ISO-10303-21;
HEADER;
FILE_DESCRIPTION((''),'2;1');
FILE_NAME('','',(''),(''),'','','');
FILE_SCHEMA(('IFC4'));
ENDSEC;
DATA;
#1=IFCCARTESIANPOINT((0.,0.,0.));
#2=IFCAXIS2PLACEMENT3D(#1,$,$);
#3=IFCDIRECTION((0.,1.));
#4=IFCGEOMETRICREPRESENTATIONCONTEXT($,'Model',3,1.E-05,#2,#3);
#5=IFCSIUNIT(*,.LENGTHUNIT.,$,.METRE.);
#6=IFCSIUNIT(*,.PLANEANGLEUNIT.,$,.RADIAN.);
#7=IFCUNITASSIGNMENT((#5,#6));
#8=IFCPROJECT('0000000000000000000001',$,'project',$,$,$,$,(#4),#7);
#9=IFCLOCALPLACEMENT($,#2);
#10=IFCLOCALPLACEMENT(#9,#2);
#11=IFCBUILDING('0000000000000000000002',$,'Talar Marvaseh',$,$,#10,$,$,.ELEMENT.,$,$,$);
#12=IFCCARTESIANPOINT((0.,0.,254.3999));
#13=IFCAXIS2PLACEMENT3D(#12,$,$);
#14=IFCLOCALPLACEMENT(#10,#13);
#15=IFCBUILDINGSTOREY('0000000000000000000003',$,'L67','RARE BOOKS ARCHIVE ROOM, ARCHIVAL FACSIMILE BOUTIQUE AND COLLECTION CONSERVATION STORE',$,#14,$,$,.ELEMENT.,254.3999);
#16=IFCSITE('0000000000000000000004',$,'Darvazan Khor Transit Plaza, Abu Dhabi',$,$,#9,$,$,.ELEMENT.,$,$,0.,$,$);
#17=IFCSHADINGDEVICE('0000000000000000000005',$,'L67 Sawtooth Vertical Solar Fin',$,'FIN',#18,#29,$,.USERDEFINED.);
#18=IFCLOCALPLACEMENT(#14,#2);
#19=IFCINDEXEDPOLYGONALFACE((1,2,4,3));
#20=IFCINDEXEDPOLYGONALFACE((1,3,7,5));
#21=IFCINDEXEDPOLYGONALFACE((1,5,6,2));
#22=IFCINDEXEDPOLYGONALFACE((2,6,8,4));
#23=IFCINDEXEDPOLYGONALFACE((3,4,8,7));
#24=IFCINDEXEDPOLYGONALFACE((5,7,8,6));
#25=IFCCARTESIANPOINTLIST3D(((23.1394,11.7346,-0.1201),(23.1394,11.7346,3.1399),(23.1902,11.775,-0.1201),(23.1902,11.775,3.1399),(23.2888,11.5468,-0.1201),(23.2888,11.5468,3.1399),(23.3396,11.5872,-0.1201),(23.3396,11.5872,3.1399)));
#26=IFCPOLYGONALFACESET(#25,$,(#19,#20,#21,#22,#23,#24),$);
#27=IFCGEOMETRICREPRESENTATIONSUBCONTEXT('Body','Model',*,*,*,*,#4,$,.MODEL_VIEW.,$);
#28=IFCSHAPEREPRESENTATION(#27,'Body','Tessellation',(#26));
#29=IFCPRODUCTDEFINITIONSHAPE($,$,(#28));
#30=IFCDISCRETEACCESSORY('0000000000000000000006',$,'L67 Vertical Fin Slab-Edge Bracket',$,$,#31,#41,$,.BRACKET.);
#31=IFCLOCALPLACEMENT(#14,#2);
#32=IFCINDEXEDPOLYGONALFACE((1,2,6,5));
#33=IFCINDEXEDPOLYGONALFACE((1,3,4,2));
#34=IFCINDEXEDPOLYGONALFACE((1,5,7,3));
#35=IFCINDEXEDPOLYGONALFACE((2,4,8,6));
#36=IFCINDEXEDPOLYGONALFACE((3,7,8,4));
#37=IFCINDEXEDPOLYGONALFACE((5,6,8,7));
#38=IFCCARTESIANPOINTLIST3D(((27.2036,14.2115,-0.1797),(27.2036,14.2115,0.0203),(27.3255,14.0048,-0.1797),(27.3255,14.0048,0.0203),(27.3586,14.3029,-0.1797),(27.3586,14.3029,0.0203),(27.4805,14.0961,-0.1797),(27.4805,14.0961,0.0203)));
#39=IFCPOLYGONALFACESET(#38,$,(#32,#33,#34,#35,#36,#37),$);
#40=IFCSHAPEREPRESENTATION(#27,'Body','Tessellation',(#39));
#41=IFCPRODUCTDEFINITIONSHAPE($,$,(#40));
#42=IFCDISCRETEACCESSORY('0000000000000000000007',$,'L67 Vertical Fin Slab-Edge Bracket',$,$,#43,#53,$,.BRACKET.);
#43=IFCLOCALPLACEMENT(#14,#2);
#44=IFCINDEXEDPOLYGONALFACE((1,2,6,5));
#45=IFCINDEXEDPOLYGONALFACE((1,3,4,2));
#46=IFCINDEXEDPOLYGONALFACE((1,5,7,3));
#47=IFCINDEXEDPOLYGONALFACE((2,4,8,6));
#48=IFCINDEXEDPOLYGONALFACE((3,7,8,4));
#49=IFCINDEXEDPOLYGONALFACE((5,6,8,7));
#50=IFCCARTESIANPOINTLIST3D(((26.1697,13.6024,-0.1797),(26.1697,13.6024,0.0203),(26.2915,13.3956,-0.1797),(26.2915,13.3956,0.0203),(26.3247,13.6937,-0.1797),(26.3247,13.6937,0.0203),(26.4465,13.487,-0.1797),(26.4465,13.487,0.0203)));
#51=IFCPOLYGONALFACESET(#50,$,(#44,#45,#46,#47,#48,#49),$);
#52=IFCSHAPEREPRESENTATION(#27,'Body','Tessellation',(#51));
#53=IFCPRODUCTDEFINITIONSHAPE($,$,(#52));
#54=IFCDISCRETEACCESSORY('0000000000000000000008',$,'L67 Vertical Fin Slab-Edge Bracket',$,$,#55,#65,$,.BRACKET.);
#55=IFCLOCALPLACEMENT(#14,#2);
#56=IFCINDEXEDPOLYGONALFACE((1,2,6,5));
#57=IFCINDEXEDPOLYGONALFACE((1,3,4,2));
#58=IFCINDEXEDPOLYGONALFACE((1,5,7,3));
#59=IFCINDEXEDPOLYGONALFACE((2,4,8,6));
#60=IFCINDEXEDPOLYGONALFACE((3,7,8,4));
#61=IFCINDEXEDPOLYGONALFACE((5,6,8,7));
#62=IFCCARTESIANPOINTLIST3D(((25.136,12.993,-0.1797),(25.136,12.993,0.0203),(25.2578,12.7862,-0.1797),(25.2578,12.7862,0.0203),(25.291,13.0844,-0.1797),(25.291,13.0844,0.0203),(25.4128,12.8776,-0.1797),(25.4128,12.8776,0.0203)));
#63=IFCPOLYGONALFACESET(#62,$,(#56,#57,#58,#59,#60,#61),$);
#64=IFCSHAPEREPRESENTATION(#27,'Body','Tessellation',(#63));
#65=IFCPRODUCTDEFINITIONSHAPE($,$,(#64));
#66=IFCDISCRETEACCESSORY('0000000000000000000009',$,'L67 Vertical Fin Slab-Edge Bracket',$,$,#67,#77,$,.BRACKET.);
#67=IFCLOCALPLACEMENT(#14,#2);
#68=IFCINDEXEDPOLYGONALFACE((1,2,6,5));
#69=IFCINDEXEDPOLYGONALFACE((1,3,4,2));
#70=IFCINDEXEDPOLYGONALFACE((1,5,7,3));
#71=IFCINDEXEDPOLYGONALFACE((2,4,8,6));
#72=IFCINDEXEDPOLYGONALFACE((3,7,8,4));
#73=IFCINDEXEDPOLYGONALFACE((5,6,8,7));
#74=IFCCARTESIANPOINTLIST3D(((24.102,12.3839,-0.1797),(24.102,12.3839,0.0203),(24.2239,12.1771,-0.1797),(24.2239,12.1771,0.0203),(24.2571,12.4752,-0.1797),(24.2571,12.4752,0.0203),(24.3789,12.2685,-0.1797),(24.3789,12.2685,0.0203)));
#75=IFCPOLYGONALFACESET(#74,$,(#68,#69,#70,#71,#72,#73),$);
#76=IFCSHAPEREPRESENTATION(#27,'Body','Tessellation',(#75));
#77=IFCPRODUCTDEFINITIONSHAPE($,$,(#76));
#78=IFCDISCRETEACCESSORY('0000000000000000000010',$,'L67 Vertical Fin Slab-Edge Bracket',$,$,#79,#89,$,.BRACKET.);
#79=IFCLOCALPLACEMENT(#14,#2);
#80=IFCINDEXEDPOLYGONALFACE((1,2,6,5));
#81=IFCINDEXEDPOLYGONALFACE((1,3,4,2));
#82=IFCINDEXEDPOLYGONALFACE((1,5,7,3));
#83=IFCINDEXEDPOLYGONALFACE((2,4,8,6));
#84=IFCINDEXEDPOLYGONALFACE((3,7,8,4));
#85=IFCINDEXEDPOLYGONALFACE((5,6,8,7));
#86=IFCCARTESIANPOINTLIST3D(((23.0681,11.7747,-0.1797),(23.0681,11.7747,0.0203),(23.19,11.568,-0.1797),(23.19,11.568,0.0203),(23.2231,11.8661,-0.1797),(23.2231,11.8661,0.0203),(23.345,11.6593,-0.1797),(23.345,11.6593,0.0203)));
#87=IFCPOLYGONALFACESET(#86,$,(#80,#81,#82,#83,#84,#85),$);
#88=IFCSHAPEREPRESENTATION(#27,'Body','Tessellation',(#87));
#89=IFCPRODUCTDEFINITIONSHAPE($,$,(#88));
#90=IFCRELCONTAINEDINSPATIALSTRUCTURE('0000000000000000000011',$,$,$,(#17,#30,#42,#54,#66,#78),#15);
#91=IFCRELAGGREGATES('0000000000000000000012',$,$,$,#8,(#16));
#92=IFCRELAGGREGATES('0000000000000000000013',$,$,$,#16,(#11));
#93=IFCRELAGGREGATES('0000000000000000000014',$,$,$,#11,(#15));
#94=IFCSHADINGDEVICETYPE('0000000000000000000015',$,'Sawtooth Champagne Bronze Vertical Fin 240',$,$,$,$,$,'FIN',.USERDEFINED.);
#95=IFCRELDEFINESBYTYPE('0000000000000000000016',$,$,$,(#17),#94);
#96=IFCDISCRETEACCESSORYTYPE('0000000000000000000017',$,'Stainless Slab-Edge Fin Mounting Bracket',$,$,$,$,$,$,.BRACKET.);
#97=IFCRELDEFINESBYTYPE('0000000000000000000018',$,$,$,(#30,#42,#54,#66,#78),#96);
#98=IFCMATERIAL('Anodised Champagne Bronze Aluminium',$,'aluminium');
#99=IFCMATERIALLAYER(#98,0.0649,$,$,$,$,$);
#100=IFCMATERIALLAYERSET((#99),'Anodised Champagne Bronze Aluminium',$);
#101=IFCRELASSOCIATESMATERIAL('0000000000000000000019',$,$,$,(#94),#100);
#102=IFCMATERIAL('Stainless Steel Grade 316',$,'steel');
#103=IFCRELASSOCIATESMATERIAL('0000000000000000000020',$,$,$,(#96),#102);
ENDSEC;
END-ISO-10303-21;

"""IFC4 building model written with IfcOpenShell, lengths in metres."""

from ifc_helpers import new_model, si_unit, direction, frame, origin, origin_2d, place, context, subcontext, project, spatial, rectangle, extrude, source, transform, mapped, material, layer, layer_set, type_object, type_shapes, element, save


model = new_model("IFC4")

# Units and contexts
model_context = context("Model", 3, precision=1e-05, world=origin(), true_north=direction((0.0, 1.0)))
body_context = subcontext(model_context, "Body", "Model", "MODEL_VIEW")
ifc_project = project(units=[si_unit("LENGTHUNIT", "METRE"), si_unit("PLANEANGLEUNIT", "RADIAN")], contexts=[model_context])

# Site, building, storey
site_placement = place(None, origin())
site = spatial("IfcSite", under=ifc_project, at=site_placement, Name="Darvazan Khor Transit Plaza, Abu Dhabi", CompositionType="ELEMENT", RefElevation=0.0)
building_placement = place(site_placement, origin())
building = spatial("IfcBuilding", under=site, at=building_placement, Name="Talar Marvaseh", CompositionType="ELEMENT")
storey_placement = place(building_placement, frame((0.0, 0.0, 254.3999)))
storey = spatial("IfcBuildingStorey", under=building, at=storey_placement, Name="L67", Description="RARE BOOKS ARCHIVE ROOM, ARCHIVAL FACSIMILE BOUTIQUE AND COLLECTION CONSERVATION STORE", CompositionType="ELEMENT", Elevation=254.3999)

# Shading device
ifc_material_1 = material(Name="Anodised Champagne Bronze Aluminium", Category="aluminium")
ifc_layer_1 = layer(ifc_material_1, 0.0649)
ifc_layer_set_1 = layer_set([ifc_layer_1], Name="Anodised Champagne Bronze Aluminium")
shading_device_type = type_object("IfcShadingDeviceType", Name="Sawtooth Champagne Bronze Vertical Fin 240", ElementType="FIN", PredefinedType="USERDEFINED", material=ifc_layer_set_1)
shared_shape_1 = source(origin(), body_context, "Body", "SweptSolid", [
    extrude(rectangle(XDim=0.24, YDim=0.0649, at=origin_2d()), origin(), (0.0, 0.0, 1.0), 3.26),
])
type_shapes(shading_device_type, [shared_shape_1])
for number, where, z_axis, x_axis, name in (
    (1, (23.2395, 11.6609, -0.1201), (0.0, 0.0, 1.0), (0.622651, -0.782499, 0.0), "L67 Sawtooth Vertical Solar Fin"),
):
    element("IfcShadingDevice", number, at=place(storey_placement, frame(where, z_axis=z_axis, x_axis=x_axis)), inside=storey, type_object=shading_device_type, Name=name, ObjectType="FIN", PredefinedType="USERDEFINED", context=body_context, shape_type="MappedRepresentation", body=[
        mapped(shared_shape_1, transform((0.0, 0.0, 0.0), x_axis=(1.0, 0.0, 0.0), y_axis=(0.0, 1.0, 0.0), z_axis=(0.0, 0.0, 1.0), scale=1.0)),
    ])

# Discrete accessories
ifc_material_2 = material(Name="Stainless Steel Grade 316", Category="steel")
discrete_accessory_type = type_object("IfcDiscreteAccessoryType", Name="Stainless Slab-Edge Fin Mounting Bracket", PredefinedType="BRACKET", material=ifc_material_2)
shared_shape_2 = source(origin(), body_context, "Body", "SweptSolid", [
    extrude(rectangle(XDim=0.24, YDim=0.1799, at=origin_2d()), origin(), (0.0, 0.0, 1.0), 0.2),
])
type_shapes(discrete_accessory_type, [shared_shape_2])
for number, where, z_axis, x_axis, name in (
    (2, (27.342, 14.1538, -0.1797), (0.0, 0.0, 1.0), (0.507689, -0.861541, 0.0), "L67 Vertical Fin Slab-Edge Bracket"),
    (3, (26.3081, 13.5447, -0.1797), (0.0, 0.0, 1.0), (0.507689, -0.861541, 0.0), "L67 Vertical Fin Slab-Edge Bracket"),
    (4, (25.2744, 12.9353, -0.1797), (0.0, 0.0, 1.0), (0.507689, -0.861541, 0.0), "L67 Vertical Fin Slab-Edge Bracket"),
    (5, (24.2405, 12.3262, -0.1797), (0.0, 0.0, 1.0), (0.507689, -0.861541, 0.0), "L67 Vertical Fin Slab-Edge Bracket"),
    (6, (23.2065, 11.717, -0.1797), (0.0, 0.0, 1.0), (0.507689, -0.861541, 0.0), "L67 Vertical Fin Slab-Edge Bracket"),
):
    element("IfcDiscreteAccessory", number, at=place(storey_placement, frame(where, z_axis=z_axis, x_axis=x_axis)), inside=storey, type_object=discrete_accessory_type, Name=name, PredefinedType="BRACKET", context=body_context, shape_type="MappedRepresentation", body=[
        mapped(shared_shape_2, transform((0.0, 0.0, 0.0), x_axis=(1.0, 0.0, 0.0), y_axis=(0.0, 1.0, 0.0), z_axis=(0.0, 0.0, 1.0), scale=1.0)),
    ])

save(model, "model.ifc")
